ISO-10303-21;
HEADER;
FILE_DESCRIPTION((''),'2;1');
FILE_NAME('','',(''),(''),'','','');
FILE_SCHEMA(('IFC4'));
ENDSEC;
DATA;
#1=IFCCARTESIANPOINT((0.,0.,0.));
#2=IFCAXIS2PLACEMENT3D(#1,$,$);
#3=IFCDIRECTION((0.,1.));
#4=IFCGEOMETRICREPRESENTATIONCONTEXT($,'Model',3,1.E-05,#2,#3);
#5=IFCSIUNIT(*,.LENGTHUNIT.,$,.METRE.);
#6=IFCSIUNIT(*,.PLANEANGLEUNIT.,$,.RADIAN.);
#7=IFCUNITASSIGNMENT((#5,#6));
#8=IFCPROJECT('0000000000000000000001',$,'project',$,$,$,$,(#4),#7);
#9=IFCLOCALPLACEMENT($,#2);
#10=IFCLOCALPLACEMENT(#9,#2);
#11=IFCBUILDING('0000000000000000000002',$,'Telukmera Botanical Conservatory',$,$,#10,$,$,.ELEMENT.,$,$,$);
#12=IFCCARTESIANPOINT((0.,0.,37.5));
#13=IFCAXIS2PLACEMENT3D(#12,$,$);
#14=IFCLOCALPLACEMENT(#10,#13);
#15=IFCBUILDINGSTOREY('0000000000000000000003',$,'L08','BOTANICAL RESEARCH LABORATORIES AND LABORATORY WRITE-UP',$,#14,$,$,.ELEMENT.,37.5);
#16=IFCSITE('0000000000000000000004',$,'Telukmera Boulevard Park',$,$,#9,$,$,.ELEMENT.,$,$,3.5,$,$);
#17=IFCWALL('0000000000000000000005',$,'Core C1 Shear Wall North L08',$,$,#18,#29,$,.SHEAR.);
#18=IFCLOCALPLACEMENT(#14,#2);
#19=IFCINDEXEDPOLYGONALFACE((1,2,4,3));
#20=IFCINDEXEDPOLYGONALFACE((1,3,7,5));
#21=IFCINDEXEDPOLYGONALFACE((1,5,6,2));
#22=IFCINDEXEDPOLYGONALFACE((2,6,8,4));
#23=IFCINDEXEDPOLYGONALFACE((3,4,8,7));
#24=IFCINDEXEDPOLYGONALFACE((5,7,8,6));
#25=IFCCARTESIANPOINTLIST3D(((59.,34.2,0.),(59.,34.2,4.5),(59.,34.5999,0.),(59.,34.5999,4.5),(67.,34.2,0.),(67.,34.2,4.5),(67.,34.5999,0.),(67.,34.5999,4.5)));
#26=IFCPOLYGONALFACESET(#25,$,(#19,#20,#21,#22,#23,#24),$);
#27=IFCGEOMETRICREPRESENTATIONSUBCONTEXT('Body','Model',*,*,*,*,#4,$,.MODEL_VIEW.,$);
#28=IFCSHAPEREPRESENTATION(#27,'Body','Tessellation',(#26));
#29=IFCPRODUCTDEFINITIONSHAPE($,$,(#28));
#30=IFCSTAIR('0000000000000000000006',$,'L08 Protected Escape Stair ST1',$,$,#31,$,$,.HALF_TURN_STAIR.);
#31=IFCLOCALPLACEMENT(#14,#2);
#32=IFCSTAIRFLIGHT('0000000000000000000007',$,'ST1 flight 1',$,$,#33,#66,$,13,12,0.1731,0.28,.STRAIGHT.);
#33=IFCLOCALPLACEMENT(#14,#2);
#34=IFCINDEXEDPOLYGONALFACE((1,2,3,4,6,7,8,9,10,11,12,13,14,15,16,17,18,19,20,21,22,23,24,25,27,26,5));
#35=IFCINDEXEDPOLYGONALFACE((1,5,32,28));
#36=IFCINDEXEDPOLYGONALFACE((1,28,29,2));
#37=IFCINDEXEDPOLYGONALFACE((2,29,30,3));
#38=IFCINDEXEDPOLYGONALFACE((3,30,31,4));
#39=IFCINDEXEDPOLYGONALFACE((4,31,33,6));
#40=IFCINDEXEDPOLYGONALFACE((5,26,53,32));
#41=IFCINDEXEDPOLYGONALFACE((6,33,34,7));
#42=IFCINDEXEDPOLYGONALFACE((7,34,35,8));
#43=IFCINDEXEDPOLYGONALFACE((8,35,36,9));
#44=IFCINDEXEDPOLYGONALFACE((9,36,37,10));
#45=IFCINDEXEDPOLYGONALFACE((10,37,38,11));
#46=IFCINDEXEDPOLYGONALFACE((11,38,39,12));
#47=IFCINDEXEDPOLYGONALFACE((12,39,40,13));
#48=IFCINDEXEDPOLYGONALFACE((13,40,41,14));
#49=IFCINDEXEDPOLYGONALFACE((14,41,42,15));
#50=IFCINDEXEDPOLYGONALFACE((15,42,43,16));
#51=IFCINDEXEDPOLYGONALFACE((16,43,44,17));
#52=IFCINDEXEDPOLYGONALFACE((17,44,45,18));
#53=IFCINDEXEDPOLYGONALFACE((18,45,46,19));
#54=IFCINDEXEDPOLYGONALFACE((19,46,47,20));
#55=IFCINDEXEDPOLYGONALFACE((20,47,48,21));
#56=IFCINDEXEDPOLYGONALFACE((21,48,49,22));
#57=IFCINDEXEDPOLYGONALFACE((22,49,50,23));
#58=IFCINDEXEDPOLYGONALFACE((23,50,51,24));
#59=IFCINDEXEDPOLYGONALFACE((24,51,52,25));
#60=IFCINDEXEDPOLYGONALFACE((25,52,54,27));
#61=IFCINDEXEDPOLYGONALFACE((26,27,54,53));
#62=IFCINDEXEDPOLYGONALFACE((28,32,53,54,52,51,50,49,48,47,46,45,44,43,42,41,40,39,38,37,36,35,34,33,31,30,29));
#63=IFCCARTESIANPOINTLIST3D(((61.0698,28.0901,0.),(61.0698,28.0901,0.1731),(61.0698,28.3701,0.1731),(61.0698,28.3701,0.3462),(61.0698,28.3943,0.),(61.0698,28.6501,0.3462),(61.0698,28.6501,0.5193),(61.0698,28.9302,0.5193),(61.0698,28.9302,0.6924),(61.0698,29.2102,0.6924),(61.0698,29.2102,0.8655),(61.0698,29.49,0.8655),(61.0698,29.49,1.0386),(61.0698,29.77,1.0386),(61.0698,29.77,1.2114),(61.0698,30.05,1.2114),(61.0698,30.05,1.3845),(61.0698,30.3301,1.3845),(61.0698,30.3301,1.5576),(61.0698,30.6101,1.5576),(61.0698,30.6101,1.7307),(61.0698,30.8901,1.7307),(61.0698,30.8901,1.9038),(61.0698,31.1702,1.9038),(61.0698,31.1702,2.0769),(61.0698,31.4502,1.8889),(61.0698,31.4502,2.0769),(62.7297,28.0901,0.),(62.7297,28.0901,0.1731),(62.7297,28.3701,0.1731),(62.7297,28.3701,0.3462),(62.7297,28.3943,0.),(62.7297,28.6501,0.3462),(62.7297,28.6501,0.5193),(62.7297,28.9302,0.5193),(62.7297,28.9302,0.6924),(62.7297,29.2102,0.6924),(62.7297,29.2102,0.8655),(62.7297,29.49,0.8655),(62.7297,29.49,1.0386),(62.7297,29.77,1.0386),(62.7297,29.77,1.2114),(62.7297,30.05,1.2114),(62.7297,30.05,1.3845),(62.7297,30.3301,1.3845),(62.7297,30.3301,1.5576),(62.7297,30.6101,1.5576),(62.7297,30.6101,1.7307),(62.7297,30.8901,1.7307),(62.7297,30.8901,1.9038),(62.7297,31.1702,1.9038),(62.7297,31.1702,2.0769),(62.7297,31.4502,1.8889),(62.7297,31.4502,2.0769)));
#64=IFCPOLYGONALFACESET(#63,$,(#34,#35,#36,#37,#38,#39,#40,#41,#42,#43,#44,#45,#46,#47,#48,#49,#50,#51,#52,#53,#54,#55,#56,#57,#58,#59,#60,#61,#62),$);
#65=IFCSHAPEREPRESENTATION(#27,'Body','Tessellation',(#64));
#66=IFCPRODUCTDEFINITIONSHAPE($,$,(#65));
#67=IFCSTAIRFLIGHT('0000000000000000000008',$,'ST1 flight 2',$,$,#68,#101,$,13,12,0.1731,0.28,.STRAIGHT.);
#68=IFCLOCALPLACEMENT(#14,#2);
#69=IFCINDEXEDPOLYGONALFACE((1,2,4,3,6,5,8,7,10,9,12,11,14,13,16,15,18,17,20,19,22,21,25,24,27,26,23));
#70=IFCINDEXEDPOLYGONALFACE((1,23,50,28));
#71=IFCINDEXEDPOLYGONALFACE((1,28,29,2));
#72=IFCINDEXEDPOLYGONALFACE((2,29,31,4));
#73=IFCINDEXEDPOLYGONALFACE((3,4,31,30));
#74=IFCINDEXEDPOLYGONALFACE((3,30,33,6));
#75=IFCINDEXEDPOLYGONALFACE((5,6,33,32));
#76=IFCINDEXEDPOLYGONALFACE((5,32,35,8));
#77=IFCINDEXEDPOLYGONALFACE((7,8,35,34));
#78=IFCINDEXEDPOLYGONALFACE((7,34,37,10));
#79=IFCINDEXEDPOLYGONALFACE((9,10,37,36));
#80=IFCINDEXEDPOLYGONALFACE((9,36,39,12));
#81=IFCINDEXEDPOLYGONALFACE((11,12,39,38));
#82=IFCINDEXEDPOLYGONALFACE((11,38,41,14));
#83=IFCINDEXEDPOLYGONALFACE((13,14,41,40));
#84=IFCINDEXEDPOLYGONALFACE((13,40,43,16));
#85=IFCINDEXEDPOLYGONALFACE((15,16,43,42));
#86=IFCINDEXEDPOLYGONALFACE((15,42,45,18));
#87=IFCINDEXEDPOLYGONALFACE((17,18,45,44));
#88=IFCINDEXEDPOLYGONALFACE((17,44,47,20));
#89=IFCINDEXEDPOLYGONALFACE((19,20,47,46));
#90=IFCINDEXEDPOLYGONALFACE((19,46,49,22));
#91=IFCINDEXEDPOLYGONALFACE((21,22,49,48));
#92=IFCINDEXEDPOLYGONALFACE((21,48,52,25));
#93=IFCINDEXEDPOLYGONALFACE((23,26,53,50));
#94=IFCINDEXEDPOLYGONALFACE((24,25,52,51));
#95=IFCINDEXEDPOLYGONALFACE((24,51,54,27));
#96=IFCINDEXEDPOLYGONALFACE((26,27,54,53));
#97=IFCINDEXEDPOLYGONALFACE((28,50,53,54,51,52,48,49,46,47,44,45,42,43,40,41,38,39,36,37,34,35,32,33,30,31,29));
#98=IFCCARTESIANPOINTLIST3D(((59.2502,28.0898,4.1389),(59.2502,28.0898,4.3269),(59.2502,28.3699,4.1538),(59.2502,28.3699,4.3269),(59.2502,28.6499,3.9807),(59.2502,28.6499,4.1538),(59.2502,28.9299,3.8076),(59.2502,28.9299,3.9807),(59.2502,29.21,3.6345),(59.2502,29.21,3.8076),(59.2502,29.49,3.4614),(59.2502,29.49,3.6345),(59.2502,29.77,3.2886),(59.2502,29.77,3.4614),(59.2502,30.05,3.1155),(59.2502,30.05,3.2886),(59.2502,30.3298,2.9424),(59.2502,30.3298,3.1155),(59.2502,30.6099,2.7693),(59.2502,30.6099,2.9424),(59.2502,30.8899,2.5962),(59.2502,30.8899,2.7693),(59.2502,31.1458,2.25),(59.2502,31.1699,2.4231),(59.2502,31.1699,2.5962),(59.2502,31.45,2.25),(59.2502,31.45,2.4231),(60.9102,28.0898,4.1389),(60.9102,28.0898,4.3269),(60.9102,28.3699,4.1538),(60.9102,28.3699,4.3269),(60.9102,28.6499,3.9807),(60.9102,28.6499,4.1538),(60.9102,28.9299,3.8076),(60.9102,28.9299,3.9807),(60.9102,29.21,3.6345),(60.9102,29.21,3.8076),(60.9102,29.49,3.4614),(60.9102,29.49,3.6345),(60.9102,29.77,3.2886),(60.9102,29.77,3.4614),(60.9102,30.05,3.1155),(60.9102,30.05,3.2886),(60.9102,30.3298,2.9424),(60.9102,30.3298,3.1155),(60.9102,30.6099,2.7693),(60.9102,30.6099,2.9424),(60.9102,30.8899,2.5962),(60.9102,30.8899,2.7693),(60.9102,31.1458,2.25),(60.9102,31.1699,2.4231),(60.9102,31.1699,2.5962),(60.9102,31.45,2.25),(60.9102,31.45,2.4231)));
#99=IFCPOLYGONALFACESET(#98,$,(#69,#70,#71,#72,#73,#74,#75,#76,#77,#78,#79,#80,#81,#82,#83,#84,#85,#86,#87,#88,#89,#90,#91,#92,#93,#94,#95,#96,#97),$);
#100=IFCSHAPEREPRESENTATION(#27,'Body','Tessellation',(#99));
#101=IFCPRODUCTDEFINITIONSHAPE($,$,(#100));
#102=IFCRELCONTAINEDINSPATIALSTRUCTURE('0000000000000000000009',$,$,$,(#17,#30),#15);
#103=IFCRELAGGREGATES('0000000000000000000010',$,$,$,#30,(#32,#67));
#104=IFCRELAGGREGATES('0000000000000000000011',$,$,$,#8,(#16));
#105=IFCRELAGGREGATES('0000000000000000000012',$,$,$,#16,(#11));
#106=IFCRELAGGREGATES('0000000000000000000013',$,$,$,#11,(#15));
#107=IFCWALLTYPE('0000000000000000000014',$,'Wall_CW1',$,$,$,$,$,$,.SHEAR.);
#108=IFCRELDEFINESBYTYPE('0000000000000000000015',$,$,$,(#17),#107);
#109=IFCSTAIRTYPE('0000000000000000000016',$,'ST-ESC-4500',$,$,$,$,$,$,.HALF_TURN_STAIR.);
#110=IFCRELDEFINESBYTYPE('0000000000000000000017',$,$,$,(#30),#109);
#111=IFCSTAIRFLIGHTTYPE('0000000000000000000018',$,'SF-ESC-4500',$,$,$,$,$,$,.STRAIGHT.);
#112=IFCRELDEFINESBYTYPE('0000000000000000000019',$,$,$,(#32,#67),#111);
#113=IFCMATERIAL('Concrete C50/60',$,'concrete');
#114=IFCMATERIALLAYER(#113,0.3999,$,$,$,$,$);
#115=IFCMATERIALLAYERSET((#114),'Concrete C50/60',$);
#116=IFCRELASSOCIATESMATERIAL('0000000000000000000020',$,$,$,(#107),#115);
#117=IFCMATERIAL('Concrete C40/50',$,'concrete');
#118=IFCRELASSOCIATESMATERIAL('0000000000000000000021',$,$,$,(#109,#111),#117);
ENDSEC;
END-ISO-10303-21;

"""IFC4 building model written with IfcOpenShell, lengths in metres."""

from ifc_helpers import new_model, si_unit, direction, frame, frame_2d, origin, place, context, subcontext, project, spatial, polyline, rectangle, outline, extrude, material, layer, layer_set, type_object, element, aggregate, save


model = new_model("IFC4")

# Units and contexts
model_context = context("Model", 3, precision=1e-05, world=origin(), true_north=direction((0.0, 1.0)))
body_context = subcontext(model_context, "Body", "Model", "MODEL_VIEW")
ifc_project = project(units=[si_unit("LENGTHUNIT", "METRE"), si_unit("PLANEANGLEUNIT", "RADIAN")], contexts=[model_context])

# Site, building, storey
site_placement = place(None, origin())
site = spatial("IfcSite", under=ifc_project, at=site_placement, Name="Telukmera Boulevard Park", CompositionType="ELEMENT", RefElevation=3.5)
building_placement = place(site_placement, origin())
building = spatial("IfcBuilding", under=site, at=building_placement, Name="Telukmera Botanical Conservatory", CompositionType="ELEMENT")
storey_placement = place(building_placement, frame((0.0, 0.0, 37.5)))
storey = spatial("IfcBuildingStorey", under=building, at=storey_placement, Name="L08", Description="BOTANICAL RESEARCH LABORATORIES AND LABORATORY WRITE-UP", CompositionType="ELEMENT", Elevation=37.5)

# Shared definitions
ifc_material_1 = material(Name="Concrete C50/60", Category="concrete")

# Shared definitions
ifc_material_2 = material(Name="Concrete C40/50", Category="concrete")

# Wall
ifc_layer_1 = layer(ifc_material_1, 0.3999)
ifc_layer_set_1 = layer_set([ifc_layer_1], Name="Concrete C50/60")
wall_type_1 = type_object("IfcWallType", Name="Wall_CW1", PredefinedType="SHEAR", material=ifc_layer_set_1)
for number, where, z_axis, x_axis, name in (
    (1, (59.0, 34.3999, 0.0), (0.0, 0.0, 1.0), (1.0, 0.0, 0.0), "Core C1 Shear Wall North L08"),
):
    element("IfcWall", number, at=place(storey_placement, frame(where, z_axis=z_axis, x_axis=x_axis)), inside=storey, type_object=wall_type_1, Name=name, PredefinedType="SHEAR", context=body_context, shape_type="SweptSolid", body=[
        extrude(rectangle(XDim=8.0, YDim=0.3999, at=frame_2d((4.0, 0.0))), origin(), (0.0, 0.0, 1.0), 4.5),
    ])

# Stair, stair flights
stair_type = type_object("IfcStairType", Name="ST-ESC-4500", PredefinedType="HALF_TURN_STAIR", material=ifc_material_2)
stair_placement = place(storey_placement, origin())
stair = element("IfcStair", 2, at=stair_placement, inside=storey, type_object=stair_type, Name="L08 Protected Escape Stair ST1", PredefinedType="HALF_TURN_STAIR")
stair_flight_type = type_object("IfcStairFlightType", Name="SF-ESC-4500", PredefinedType="STRAIGHT", material=ifc_material_2)
stair_flight_1_placement = place(storey_placement, frame((61.8999, 28.0901, 0.0), z_axis=(0.0, 0.0, 1.0), x_axis=(0.0, 1.0, 0.0)))
stair_flight_1 = element("IfcStairFlight", 3, at=stair_flight_1_placement, type_object=stair_flight_type, Name="ST1 flight 1", NumberOfRisers=13, NumberOfTreads=12, PredefinedType="STRAIGHT", RiserHeight=0.1731, TreadLength=0.28, context=body_context, shape_type="SweptSolid", body=[
    extrude(outline(polyline([(0.0, 0.0), (0.0, 0.1731), (0.28, 0.1731), (0.28, 0.3462), (0.5601, 0.3462), (0.5601, 0.5193), (0.8401, 0.5193), (0.8401, 0.6924), (1.1201, 0.6924), (1.1201, 0.8655), (1.3999, 0.8655), (1.3999, 1.0386), (1.6799, 1.0386), (1.6799, 1.2114), (1.96, 1.2114), (1.96, 1.3845), (2.24, 1.3845), (2.24, 1.5576), (2.52, 1.5576), (2.52, 1.7307), (2.8, 1.7307), (2.8, 1.9038), (3.0801, 1.9038), (3.0801, 2.0769), (3.3601, 2.0769), (3.3601, 2.25), (3.3601, 1.8889), (0.3042, 0.0), (0.0, 0.0)])), frame((0.0, 0.8301, 0.0), z_axis=(0.0, -1.0, 0.0), x_axis=(1.0, 0.0, 0.0)), (0.0, 0.0, 1.0), 1.6599),
])
stair_flight_2_placement = place(storey_placement, frame((60.0801, 31.45, 2.25), z_axis=(0.0, 0.0, 1.0), x_axis=(0.0, -1.0, 0.0)))
stair_flight_2 = element("IfcStairFlight", 4, at=stair_flight_2_placement, type_object=stair_flight_type, Name="ST1 flight 2", NumberOfRisers=13, NumberOfTreads=12, PredefinedType="STRAIGHT", RiserHeight=0.1731, TreadLength=0.28, context=body_context, shape_type="SweptSolid", body=[
    extrude(outline(polyline([(0.0, 0.0), (0.0, 0.1731), (0.28, 0.1731), (0.28, 0.3462), (0.5601, 0.3462), (0.5601, 0.5193), (0.8401, 0.5193), (0.8401, 0.6924), (1.1201, 0.6924), (1.1201, 0.8655), (1.3999, 0.8655), (1.3999, 1.0386), (1.6799, 1.0386), (1.6799, 1.2114), (1.96, 1.2114), (1.96, 1.3845), (2.24, 1.3845), (2.24, 1.5576), (2.52, 1.5576), (2.52, 1.7307), (2.8, 1.7307), (2.8, 1.9038), (3.0801, 1.9038), (3.0801, 2.0769), (3.3601, 2.0769), (3.3601, 2.25), (3.3601, 1.8889), (0.3042, 0.0), (0.0, 0.0)])), frame((0.0, 0.8301, 0.0), z_axis=(0.0, -1.0, 0.0), x_axis=(1.0, 0.0, 0.0)), (0.0, 0.0, 1.0), 1.6599),
])
aggregate(stair, [stair_flight_1, stair_flight_2])

save(model, "model.ifc")
